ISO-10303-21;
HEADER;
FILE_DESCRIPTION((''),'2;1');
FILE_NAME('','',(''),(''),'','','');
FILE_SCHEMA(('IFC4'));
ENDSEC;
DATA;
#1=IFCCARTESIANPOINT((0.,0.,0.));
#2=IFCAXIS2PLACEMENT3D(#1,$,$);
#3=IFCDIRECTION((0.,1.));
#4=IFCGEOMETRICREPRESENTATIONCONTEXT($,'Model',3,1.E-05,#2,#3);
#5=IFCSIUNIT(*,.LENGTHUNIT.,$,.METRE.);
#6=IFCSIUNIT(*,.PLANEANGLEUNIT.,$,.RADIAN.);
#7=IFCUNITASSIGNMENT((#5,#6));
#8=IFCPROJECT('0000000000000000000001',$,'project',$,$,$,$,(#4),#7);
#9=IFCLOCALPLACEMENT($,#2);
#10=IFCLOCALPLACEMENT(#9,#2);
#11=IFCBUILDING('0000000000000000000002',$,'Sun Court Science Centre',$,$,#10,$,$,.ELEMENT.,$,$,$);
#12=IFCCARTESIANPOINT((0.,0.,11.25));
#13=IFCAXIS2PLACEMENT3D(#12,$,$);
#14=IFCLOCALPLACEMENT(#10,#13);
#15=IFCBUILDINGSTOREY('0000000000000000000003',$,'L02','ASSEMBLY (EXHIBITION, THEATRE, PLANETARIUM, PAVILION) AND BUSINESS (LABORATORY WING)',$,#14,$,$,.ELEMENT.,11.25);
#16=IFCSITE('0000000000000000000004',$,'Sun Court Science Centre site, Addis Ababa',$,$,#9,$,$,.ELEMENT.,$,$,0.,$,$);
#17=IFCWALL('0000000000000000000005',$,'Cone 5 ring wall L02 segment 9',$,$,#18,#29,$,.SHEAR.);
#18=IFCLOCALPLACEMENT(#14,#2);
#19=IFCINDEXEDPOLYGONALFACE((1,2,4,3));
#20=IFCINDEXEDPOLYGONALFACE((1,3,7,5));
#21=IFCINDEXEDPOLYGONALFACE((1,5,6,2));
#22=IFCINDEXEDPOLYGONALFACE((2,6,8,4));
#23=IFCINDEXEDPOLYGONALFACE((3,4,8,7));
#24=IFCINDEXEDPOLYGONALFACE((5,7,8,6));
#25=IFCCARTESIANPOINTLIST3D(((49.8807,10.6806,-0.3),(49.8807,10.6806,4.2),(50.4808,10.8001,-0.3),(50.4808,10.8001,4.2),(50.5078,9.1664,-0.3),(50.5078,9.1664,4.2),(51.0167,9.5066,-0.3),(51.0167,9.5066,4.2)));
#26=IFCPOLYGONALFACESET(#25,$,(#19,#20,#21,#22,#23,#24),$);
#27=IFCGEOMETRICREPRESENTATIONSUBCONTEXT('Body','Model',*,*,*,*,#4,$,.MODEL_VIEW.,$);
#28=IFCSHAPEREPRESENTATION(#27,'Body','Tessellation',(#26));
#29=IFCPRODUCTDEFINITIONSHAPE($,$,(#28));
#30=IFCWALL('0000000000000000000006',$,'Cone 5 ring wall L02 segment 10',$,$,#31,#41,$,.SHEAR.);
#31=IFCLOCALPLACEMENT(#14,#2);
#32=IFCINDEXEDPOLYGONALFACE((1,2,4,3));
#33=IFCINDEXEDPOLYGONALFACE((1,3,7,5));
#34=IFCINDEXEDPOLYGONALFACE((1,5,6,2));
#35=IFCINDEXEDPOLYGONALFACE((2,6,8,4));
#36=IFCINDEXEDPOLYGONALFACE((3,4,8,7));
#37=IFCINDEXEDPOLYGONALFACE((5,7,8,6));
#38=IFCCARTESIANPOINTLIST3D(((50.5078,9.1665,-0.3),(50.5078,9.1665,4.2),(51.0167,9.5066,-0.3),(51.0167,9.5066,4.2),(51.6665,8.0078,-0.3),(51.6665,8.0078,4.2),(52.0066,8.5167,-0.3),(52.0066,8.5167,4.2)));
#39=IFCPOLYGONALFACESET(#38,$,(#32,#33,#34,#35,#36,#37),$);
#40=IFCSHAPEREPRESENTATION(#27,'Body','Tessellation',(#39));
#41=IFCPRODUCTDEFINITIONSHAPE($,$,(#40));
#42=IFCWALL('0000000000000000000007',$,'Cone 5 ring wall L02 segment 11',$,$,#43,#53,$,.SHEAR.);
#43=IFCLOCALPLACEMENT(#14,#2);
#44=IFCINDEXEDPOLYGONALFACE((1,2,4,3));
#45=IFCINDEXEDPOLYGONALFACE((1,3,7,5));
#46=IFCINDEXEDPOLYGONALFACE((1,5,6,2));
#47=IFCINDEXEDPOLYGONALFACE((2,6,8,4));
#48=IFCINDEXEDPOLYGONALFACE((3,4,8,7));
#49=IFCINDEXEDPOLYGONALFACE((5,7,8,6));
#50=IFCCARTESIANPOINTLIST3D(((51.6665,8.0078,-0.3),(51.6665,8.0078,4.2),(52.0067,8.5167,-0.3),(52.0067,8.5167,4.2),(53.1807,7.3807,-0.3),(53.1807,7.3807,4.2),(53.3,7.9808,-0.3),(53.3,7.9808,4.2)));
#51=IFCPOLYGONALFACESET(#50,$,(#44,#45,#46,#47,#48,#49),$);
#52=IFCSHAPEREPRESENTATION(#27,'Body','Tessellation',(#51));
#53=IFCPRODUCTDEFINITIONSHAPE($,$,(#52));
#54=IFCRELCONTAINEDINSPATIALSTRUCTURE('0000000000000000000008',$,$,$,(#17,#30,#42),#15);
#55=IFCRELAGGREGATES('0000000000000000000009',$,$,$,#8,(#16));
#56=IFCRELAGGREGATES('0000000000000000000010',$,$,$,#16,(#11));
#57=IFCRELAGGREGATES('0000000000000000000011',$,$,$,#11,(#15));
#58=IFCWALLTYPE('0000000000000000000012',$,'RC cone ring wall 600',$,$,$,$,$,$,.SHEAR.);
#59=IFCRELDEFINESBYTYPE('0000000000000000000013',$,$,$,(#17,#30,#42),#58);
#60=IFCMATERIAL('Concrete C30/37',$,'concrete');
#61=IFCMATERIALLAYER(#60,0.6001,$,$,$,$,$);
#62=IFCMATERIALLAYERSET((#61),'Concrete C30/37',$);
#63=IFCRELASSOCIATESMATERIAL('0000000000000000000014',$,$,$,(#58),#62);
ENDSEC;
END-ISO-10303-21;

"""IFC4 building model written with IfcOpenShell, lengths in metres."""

from ifc_helpers import new_model, si_unit, direction, frame, origin, place, context, subcontext, project, spatial, polyline, outline, extrude, material, layer, layer_set, type_object, element, save


model = new_model("IFC4")

# Units and contexts
model_context = context("Model", 3, precision=1e-05, world=origin(), true_north=direction((0.0, 1.0)))
body_context = subcontext(model_context, "Body", "Model", "MODEL_VIEW")
ifc_project = project(units=[si_unit("LENGTHUNIT", "METRE"), si_unit("PLANEANGLEUNIT", "RADIAN")], contexts=[model_context])

# Site, building, storey
site_placement = place(None, origin())
site = spatial("IfcSite", under=ifc_project, at=site_placement, Name="Sun Court Science Centre site, Addis Ababa", CompositionType="ELEMENT", RefElevation=0.0)
building_placement = place(site_placement, origin())
building = spatial("IfcBuilding", under=site, at=building_placement, Name="Sun Court Science Centre", CompositionType="ELEMENT")
storey_placement = place(building_placement, frame((0.0, 0.0, 11.25)))
storey = spatial("IfcBuildingStorey", under=building, at=storey_placement, Name="L02", Description="ASSEMBLY (EXHIBITION, THEATRE, PLANETARIUM, PAVILION) AND BUSINESS (LABORATORY WING)", CompositionType="ELEMENT", Elevation=11.25)

# Shared definitions
ifc_material_1 = material(Name="Concrete C30/37", Category="concrete")
ifc_layer_1 = layer(ifc_material_1, 0.6001)
ifc_layer_set_1 = layer_set([ifc_layer_1], Name="Concrete C30/37")
wall_type_1 = type_object("IfcWallType", Name="RC cone ring wall 600", PredefinedType="SHEAR", material=ifc_layer_set_1)

# Walls
wall_1_placement = place(storey_placement, frame((50.158, 10.7954, -0.3), z_axis=(0.0, 0.0, 1.0), x_axis=(0.382615, -0.923908, 0.0)))
element("IfcWall", 1, at=wall_1_placement, inside=storey, type_object=wall_type_1, Name="Cone 5 ring wall L02 segment 9", PredefinedType="SHEAR", context=body_context, shape_type="SweptSolid", body=[
    extrude(outline(polyline([(0.0, -0.3), (1.6389, -0.3), (1.5193, 0.3003), (0.1191, 0.3), (0.0, -0.3)])), origin(), (0.0, 0.0, 1.0), 4.5),
])
wall_2_placement = place(storey_placement, frame((50.72, 9.3787, -0.3), z_axis=(0.0, 0.0, 1.0), x_axis=(0.707107, -0.707107, 0.0)))
element("IfcWall", 2, at=wall_2_placement, inside=storey, type_object=wall_type_1, Name="Cone 5 ring wall L02 segment 10", PredefinedType="SHEAR", context=body_context, shape_type="SweptSolid", body=[
    extrude(outline(polyline([(0.0, -0.3), (1.6387, -0.3), (1.5193, 0.3003), (0.1194, 0.3003), (0.0, -0.3)])), origin(), (0.0, 0.0, 1.0), 4.5),
])
wall_3_placement = place(storey_placement, frame((51.7815, 8.2849, -0.3), z_axis=(0.0, 0.0, 1.0), x_axis=(0.923908, -0.382615, 0.0)))
element("IfcWall", 3, at=wall_3_placement, inside=storey, type_object=wall_type_1, Name="Cone 5 ring wall L02 segment 11", PredefinedType="SHEAR", context=body_context, shape_type="SweptSolid", body=[
    extrude(outline(polyline([(-0.0002, -0.3), (1.6387, -0.3), (1.5193, 0.3), (0.1194, 0.3003), (-0.0002, -0.3)])), origin(), (0.0, 0.0, 1.0), 4.5),
])

save(model, "model.ifc")
